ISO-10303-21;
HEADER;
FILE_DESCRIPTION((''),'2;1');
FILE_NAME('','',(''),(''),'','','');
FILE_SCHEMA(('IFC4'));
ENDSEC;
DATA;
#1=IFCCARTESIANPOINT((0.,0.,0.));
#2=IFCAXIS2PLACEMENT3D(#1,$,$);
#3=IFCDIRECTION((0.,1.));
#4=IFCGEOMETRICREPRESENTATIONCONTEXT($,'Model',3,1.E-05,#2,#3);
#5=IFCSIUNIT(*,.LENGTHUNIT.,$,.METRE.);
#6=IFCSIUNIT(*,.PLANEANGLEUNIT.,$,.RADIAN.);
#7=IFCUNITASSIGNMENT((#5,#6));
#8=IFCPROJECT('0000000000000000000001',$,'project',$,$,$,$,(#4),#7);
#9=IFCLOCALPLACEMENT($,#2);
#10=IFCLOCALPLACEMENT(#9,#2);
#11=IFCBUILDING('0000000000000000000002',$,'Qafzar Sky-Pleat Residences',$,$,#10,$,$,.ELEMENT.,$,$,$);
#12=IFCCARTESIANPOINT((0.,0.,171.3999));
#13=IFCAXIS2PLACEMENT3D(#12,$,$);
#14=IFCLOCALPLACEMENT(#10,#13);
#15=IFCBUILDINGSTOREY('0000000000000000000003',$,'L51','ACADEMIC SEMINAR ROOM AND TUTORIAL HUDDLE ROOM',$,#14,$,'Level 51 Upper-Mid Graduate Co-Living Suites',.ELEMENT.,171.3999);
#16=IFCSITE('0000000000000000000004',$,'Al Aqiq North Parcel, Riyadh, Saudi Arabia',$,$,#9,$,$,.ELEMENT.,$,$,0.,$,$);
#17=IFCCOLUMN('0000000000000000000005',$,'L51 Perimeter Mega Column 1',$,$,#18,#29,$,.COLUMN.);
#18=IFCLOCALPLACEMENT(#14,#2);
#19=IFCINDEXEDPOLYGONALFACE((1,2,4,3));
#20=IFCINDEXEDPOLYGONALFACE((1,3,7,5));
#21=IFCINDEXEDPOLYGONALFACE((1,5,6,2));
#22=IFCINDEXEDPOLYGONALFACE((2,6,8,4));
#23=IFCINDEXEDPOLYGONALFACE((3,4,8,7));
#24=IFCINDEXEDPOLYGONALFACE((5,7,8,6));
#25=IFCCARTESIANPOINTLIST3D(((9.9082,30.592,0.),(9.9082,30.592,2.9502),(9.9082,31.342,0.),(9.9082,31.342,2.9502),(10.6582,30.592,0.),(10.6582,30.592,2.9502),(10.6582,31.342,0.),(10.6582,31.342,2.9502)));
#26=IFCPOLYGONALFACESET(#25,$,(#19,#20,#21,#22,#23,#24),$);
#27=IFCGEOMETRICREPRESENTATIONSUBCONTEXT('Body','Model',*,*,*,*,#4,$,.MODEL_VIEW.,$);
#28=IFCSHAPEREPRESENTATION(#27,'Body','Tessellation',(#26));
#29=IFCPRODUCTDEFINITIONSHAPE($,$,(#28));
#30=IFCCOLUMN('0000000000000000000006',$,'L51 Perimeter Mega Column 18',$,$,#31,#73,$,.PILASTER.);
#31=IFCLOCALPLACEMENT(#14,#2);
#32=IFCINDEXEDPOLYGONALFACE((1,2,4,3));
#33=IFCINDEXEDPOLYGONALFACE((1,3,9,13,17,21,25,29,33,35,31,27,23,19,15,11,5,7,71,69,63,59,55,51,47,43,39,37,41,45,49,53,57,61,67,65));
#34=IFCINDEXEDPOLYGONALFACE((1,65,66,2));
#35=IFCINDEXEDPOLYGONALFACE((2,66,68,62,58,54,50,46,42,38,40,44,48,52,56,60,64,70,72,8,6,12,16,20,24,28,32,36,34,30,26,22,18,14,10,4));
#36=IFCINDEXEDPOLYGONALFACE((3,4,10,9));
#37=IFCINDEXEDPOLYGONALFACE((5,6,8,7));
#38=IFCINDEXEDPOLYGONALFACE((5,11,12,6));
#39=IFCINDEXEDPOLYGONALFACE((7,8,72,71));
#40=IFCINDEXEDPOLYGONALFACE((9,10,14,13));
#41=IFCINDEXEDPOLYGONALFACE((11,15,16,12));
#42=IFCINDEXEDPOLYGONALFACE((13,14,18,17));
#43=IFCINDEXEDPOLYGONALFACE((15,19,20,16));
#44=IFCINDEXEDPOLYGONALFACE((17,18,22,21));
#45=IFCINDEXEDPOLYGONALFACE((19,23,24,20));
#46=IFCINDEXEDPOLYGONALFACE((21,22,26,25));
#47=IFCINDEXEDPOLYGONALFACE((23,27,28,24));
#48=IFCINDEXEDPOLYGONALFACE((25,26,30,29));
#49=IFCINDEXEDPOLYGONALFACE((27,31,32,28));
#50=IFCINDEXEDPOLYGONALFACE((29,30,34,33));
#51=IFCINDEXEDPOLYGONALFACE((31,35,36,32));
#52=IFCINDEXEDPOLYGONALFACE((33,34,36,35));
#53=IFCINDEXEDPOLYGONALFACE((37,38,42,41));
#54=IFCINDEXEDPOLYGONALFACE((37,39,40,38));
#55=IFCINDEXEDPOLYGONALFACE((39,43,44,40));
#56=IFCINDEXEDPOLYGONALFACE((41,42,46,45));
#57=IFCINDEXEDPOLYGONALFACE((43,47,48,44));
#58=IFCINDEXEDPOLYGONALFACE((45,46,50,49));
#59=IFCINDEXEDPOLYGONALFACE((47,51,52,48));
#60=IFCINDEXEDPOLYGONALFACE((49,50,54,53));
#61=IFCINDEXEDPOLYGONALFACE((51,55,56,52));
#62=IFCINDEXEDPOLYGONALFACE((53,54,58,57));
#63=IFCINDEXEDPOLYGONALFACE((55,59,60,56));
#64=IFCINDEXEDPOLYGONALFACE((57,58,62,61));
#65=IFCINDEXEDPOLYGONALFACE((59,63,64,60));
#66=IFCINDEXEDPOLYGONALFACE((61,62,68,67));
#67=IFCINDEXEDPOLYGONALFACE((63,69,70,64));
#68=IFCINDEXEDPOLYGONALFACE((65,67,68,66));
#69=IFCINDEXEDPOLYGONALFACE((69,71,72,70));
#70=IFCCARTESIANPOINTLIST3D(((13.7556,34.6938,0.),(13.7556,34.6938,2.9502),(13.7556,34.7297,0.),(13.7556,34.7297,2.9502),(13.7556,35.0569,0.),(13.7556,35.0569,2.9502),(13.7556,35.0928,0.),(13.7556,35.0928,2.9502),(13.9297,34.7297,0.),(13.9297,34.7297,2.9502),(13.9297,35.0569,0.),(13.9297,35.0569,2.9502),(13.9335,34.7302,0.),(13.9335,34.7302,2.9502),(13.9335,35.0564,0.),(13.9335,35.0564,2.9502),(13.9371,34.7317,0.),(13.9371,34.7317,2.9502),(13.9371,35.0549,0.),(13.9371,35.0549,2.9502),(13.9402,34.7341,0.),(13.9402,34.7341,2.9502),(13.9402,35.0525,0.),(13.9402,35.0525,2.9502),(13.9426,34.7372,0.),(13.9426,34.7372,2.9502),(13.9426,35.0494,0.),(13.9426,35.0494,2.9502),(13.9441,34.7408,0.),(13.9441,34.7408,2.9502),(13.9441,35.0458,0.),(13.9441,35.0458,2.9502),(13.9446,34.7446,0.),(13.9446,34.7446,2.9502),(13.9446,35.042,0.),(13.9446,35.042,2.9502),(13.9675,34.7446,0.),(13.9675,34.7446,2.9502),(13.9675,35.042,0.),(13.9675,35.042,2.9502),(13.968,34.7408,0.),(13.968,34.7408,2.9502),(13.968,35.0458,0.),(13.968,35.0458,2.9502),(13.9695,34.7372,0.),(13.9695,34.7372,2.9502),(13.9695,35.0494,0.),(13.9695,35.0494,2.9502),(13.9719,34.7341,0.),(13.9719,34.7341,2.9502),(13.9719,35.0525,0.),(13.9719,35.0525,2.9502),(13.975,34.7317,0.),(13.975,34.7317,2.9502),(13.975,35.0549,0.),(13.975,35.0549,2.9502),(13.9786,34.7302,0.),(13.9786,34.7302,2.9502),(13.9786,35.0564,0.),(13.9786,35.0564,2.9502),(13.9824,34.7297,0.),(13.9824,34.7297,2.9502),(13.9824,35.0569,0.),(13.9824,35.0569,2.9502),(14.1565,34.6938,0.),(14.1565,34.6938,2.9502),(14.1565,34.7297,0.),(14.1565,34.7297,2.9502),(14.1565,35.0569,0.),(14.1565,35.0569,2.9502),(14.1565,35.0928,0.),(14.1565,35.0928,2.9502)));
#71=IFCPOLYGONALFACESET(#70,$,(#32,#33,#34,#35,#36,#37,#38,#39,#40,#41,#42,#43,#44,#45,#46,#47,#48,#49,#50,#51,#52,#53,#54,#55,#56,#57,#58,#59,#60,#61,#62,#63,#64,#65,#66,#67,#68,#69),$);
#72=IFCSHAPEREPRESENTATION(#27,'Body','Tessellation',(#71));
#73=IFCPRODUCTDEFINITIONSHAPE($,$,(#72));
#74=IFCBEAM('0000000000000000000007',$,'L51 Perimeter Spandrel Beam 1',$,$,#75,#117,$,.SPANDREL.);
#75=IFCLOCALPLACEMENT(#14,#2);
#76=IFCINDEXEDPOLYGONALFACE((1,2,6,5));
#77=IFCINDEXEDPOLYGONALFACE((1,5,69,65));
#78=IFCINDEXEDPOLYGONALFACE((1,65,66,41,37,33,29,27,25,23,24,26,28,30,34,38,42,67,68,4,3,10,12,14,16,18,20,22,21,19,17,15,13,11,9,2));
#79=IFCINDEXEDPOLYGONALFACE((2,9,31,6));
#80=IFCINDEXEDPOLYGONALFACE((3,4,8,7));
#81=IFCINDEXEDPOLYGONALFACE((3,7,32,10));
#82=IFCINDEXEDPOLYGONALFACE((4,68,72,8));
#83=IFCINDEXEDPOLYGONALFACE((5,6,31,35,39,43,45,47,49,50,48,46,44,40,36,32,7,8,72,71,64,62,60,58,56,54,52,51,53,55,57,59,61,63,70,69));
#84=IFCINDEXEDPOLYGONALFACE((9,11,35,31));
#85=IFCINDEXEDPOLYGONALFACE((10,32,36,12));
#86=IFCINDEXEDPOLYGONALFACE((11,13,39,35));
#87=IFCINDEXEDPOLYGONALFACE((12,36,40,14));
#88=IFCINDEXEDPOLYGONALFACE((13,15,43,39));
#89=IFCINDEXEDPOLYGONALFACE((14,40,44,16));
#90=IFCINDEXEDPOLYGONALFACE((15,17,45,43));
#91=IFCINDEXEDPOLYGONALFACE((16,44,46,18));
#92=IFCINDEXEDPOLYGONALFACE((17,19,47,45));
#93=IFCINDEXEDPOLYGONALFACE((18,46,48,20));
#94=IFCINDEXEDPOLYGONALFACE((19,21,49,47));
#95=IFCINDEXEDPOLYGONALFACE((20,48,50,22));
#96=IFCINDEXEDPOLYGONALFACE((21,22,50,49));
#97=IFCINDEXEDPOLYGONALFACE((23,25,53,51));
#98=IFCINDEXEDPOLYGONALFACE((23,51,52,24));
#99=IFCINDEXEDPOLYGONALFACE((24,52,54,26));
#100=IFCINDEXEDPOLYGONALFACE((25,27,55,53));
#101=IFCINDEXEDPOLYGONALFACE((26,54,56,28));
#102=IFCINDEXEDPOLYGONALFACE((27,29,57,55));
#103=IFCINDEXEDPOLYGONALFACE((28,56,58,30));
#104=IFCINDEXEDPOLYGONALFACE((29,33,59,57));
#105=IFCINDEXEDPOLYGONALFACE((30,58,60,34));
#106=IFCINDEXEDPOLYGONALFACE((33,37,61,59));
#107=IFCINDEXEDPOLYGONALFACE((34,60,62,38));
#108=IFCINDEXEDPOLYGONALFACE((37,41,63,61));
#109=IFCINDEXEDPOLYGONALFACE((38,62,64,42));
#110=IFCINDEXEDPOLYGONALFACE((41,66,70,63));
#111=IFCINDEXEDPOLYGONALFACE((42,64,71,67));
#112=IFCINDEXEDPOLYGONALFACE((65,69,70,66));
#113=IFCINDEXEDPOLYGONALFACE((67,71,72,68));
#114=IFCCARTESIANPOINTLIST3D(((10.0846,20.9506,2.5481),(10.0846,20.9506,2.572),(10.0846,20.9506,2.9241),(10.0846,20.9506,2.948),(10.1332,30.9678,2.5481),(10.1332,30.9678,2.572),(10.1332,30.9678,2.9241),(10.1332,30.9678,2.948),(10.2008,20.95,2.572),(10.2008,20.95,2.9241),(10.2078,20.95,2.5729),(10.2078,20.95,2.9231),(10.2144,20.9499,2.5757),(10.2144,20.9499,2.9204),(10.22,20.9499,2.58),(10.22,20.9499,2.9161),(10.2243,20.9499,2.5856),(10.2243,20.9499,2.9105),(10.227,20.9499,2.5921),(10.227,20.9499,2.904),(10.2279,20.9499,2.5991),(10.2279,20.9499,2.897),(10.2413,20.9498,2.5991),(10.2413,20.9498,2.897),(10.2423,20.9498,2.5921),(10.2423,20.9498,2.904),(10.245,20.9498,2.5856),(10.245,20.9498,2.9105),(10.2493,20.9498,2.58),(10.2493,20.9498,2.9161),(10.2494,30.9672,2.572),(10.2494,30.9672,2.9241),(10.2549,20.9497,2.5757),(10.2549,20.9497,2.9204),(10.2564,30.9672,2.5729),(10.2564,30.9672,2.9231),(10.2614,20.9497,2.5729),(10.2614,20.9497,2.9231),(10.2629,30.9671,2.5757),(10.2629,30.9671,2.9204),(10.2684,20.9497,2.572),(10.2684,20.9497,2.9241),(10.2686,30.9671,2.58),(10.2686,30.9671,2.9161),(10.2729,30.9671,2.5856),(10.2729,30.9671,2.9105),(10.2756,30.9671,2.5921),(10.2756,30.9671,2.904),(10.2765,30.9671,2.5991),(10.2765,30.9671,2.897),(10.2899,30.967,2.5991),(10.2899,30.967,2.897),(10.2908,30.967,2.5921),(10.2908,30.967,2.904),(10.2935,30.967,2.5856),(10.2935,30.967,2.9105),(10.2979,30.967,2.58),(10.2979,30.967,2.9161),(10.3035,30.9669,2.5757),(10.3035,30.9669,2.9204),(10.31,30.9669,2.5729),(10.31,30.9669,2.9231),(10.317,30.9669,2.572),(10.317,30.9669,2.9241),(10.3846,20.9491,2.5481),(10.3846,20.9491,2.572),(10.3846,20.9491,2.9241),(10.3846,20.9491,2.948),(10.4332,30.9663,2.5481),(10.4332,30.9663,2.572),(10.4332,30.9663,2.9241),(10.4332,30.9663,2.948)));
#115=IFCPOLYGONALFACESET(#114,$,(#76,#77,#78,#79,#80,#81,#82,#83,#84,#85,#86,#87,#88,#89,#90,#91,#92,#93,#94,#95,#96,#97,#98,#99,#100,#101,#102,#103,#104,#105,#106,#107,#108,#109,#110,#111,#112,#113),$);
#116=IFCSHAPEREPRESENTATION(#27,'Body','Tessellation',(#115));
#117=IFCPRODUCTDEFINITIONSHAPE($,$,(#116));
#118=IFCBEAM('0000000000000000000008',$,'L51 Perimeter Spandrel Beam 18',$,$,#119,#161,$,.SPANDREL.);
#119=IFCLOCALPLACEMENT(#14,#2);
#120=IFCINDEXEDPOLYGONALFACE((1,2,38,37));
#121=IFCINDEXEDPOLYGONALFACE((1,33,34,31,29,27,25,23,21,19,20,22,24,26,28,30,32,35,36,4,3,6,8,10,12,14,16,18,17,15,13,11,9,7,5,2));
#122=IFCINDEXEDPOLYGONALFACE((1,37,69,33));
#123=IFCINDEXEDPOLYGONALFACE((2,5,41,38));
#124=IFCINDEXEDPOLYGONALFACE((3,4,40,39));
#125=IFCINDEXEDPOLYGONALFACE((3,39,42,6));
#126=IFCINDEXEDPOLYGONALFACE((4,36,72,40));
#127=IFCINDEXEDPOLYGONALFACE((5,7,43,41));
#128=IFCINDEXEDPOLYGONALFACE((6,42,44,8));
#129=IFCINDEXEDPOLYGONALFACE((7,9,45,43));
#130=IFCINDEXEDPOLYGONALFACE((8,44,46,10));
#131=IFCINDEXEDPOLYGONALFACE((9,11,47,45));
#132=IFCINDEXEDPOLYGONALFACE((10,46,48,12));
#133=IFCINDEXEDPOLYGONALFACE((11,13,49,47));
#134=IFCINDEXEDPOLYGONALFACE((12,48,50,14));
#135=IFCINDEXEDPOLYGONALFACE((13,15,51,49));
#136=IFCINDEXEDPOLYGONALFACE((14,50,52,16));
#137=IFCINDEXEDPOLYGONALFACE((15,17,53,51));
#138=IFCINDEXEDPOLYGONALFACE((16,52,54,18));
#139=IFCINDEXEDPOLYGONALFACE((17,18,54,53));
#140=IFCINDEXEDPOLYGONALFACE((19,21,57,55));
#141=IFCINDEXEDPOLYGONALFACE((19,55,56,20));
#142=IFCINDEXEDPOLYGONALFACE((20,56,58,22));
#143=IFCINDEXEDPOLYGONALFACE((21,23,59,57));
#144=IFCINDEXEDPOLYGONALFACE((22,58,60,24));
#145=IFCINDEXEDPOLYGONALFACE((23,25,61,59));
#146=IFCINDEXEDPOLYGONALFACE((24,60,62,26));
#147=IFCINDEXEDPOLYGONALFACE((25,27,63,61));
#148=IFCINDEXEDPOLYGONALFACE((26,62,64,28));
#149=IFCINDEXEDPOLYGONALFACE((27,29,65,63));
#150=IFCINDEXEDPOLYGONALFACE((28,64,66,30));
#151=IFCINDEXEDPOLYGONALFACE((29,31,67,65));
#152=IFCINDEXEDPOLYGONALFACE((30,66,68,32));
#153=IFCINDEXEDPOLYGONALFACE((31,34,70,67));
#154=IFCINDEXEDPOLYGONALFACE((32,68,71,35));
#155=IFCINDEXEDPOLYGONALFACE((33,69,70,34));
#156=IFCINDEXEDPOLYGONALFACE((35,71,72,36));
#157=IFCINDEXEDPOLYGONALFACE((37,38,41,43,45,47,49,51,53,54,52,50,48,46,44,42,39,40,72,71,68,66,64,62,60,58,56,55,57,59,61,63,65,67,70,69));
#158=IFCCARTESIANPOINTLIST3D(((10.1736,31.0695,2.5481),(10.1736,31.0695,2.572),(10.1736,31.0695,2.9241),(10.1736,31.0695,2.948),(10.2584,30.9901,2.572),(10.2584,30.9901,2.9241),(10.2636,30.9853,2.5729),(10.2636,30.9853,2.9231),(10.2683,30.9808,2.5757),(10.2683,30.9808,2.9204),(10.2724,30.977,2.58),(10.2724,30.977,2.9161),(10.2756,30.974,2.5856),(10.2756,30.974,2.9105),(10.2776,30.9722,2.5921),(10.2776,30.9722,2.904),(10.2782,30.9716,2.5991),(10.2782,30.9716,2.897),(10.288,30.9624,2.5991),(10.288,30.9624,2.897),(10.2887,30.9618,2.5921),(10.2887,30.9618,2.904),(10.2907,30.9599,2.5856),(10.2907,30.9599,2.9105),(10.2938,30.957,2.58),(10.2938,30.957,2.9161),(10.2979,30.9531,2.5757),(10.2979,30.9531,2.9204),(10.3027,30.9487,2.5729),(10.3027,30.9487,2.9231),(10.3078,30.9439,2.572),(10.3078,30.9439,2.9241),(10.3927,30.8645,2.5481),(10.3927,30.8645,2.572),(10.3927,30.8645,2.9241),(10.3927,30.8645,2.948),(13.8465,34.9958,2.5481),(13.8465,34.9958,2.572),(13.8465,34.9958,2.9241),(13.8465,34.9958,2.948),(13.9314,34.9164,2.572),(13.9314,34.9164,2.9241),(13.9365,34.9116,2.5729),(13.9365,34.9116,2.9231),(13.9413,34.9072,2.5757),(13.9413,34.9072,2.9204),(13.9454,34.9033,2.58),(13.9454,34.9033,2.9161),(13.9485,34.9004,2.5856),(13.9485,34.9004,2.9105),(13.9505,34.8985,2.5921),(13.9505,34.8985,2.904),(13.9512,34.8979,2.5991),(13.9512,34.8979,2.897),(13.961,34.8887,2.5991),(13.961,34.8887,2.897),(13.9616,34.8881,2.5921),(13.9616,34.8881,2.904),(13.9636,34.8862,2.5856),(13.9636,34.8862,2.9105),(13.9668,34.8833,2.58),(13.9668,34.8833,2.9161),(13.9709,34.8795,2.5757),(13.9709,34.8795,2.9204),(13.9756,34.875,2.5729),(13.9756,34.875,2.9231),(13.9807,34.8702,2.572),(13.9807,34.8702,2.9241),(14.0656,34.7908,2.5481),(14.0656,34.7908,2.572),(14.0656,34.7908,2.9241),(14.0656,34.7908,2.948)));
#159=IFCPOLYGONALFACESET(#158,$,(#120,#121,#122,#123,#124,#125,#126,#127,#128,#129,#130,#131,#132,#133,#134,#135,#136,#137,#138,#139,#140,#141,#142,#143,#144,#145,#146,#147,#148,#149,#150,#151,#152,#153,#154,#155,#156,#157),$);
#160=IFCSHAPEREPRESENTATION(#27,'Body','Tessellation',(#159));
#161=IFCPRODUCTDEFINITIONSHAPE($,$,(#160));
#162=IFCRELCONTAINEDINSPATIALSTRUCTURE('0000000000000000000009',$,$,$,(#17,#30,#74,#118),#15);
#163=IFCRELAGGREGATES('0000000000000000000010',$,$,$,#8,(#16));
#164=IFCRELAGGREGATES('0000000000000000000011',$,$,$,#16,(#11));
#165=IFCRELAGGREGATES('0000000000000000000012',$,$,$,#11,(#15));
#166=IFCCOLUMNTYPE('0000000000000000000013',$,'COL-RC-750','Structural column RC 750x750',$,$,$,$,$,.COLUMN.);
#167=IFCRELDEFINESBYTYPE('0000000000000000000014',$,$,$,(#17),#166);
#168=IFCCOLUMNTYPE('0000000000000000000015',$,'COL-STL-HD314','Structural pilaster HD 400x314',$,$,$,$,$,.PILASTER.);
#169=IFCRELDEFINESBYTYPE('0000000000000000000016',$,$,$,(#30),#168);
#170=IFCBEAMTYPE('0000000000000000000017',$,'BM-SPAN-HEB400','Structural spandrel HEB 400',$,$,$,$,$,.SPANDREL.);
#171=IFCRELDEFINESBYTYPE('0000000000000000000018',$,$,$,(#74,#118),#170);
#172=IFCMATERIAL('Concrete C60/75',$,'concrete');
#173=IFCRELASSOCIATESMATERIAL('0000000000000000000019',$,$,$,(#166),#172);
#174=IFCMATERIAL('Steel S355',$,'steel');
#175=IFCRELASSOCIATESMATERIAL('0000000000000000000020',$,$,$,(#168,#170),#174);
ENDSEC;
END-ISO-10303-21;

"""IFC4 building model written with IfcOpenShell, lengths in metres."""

from ifc_helpers import new_model, si_unit, direction, frame, origin, origin_2d, place, context, subcontext, project, spatial, rectangle, i_section, extrude, source, transform, mapped, material, material_profile, profile_set, type_object, element, save


model = new_model("IFC4")

# Units and contexts
model_context = context("Model", 3, precision=1e-05, world=origin(), true_north=direction((0.0, 1.0)))
body_context = subcontext(model_context, "Body", "Model", "MODEL_VIEW")
ifc_project = project(units=[si_unit("LENGTHUNIT", "METRE"), si_unit("PLANEANGLEUNIT", "RADIAN")], contexts=[model_context])

# Site, building, storey
site_placement = place(None, origin())
site = spatial("IfcSite", under=ifc_project, at=site_placement, Name="Al Aqiq North Parcel, Riyadh, Saudi Arabia", CompositionType="ELEMENT", RefElevation=0.0)
building_placement = place(site_placement, origin())
building = spatial("IfcBuilding", under=site, at=building_placement, Name="Qafzar Sky-Pleat Residences", CompositionType="ELEMENT")
storey_placement = place(building_placement, frame((0.0, 0.0, 171.3999)))
storey = spatial("IfcBuildingStorey", under=building, at=storey_placement, Name="L51", Description="ACADEMIC SEMINAR ROOM AND TUTORIAL HUDDLE ROOM", LongName="Level 51 Upper-Mid Graduate Co-Living Suites", CompositionType="ELEMENT", Elevation=171.3999)

# Columns
ifc_material_1 = material(Name="Concrete C60/75", Category="concrete")
ifc_material_profile_1 = material_profile(ifc_material_1, rectangle(XDim=0.75, YDim=0.75, at=origin_2d()), Name="RC 750x750")
ifc_profile_set_1 = profile_set([ifc_material_profile_1], Name="Concrete C60/75")
column_type_1 = type_object("IfcColumnType", Name="COL-RC-750", Description="Structural column RC 750x750", PredefinedType="COLUMN", material=ifc_profile_set_1)
shared_shape_1 = source(origin(), body_context, "Body", "SweptSolid", [
    extrude(rectangle(XDim=0.75, YDim=0.75, at=origin_2d()), origin(), (0.0, 0.0, 1.0), 2.9502),
])
column_1_placement = place(storey_placement, frame((10.2832, 30.967, 0.0), z_axis=(0.0, 0.0, 1.0), x_axis=(1.0, 0.0, 0.0)))
element("IfcColumn", 1, at=column_1_placement, inside=storey, type_object=column_type_1, Name="L51 Perimeter Mega Column 1", PredefinedType="COLUMN", context=body_context, shape_type="MappedRepresentation", body=[
    mapped(shared_shape_1, transform((0.0, 0.0, 0.0), x_axis=(1.0, 0.0, 0.0), y_axis=(0.0, 1.0, 0.0), z_axis=(0.0, 0.0, 1.0), scale=1.0)),
])
ifc_material_2 = material(Name="Steel S355", Category="steel")
ifc_material_profile_2 = material_profile(ifc_material_2, i_section(OverallWidth=0.4009, OverallDepth=0.3989, WebThickness=0.0229, FlangeThickness=0.0359, FilletRadius=0.0149, at=origin_2d()), Name="HD 400x314")
ifc_profile_set_2 = profile_set([ifc_material_profile_2], Name="Steel S355")
column_type_2 = type_object("IfcColumnType", Name="COL-STL-HD314", Description="Structural pilaster HD 400x314", PredefinedType="PILASTER", material=ifc_profile_set_2)
shared_shape_2 = source(origin(), body_context, "Body", "SweptSolid", [
    extrude(i_section(OverallWidth=0.4009, OverallDepth=0.3989, WebThickness=0.0229, FlangeThickness=0.0359, FilletRadius=0.0149, at=origin_2d()), origin(), (0.0, 0.0, 1.0), 2.9502),
])
column_2_placement = place(storey_placement, frame((13.9561, 34.8933, 0.0), z_axis=(0.0, 0.0, 1.0), x_axis=(1.0, 0.0, 0.0)))
element("IfcColumn", 2, at=column_2_placement, inside=storey, type_object=column_type_2, Name="L51 Perimeter Mega Column 18", PredefinedType="PILASTER", context=body_context, shape_type="MappedRepresentation", body=[
    mapped(shared_shape_2, transform((0.0, 0.0, 0.0), x_axis=(1.0, 0.0, 0.0), y_axis=(0.0, 1.0, 0.0), z_axis=(0.0, 0.0, 1.0), scale=1.0)),
])

# Beams
ifc_material_profile_3 = material_profile(ifc_material_2, i_section(OverallWidth=0.3, OverallDepth=0.3999, WebThickness=0.0134, FlangeThickness=0.0239, FilletRadius=0.0271, at=origin_2d()), Name="HEB 400")
ifc_profile_set_3 = profile_set([ifc_material_profile_3], Name="Steel S355")
beam_type_1 = type_object("IfcBeamType", Name="BM-SPAN-HEB400", Description="Structural spandrel HEB 400", PredefinedType="SPANDREL", material=ifc_profile_set_3)
shared_shape_3 = source(origin(), body_context, "Body", "SweptSolid", [
    extrude(i_section(OverallWidth=0.3, OverallDepth=0.3999, WebThickness=0.0134, FlangeThickness=0.0239, FilletRadius=0.0271, at=origin_2d()), origin(), (0.0, 0.0, 1.0), 10.0173),
])
beam_1_placement = place(storey_placement, frame((10.2832, 30.967, 2.748), z_axis=(-0.00485, -0.999988, 0.0), x_axis=(0.999988, -0.00485, 0.0)))
element("IfcBeam", 3, at=beam_1_placement, inside=storey, type_object=beam_type_1, Name="L51 Perimeter Spandrel Beam 1", PredefinedType="SPANDREL", context=body_context, shape_type="MappedRepresentation", body=[
    mapped(shared_shape_3, transform((0.0, 0.0, 0.0), x_axis=(1.0, 0.0, 0.0), y_axis=(0.0, 1.0, 0.0), z_axis=(0.0, 0.0, 1.0), scale=1.0)),
])
shared_shape_4 = source(origin(), body_context, "Body", "SweptSolid", [
    extrude(i_section(OverallWidth=0.3, OverallDepth=0.3999, WebThickness=0.0134, FlangeThickness=0.0239, FilletRadius=0.0271, at=origin_2d()), origin(), (0.0, 0.0, 1.0), 5.3765),
])
beam_2_placement = place(storey_placement, frame((13.9561, 34.8933, 2.748), z_axis=(-0.683146, -0.730282, 0.0), x_axis=(0.730282, -0.683146, 0.0)))
element("IfcBeam", 4, at=beam_2_placement, inside=storey, type_object=beam_type_1, Name="L51 Perimeter Spandrel Beam 18", PredefinedType="SPANDREL", context=body_context, shape_type="MappedRepresentation", body=[
    mapped(shared_shape_4, transform((0.0, 0.0, 0.0), x_axis=(1.0, 0.0, 0.0), y_axis=(0.0, 1.0, 0.0), z_axis=(0.0, 0.0, 1.0), scale=1.0)),
])

save(model, "model.ifc")
